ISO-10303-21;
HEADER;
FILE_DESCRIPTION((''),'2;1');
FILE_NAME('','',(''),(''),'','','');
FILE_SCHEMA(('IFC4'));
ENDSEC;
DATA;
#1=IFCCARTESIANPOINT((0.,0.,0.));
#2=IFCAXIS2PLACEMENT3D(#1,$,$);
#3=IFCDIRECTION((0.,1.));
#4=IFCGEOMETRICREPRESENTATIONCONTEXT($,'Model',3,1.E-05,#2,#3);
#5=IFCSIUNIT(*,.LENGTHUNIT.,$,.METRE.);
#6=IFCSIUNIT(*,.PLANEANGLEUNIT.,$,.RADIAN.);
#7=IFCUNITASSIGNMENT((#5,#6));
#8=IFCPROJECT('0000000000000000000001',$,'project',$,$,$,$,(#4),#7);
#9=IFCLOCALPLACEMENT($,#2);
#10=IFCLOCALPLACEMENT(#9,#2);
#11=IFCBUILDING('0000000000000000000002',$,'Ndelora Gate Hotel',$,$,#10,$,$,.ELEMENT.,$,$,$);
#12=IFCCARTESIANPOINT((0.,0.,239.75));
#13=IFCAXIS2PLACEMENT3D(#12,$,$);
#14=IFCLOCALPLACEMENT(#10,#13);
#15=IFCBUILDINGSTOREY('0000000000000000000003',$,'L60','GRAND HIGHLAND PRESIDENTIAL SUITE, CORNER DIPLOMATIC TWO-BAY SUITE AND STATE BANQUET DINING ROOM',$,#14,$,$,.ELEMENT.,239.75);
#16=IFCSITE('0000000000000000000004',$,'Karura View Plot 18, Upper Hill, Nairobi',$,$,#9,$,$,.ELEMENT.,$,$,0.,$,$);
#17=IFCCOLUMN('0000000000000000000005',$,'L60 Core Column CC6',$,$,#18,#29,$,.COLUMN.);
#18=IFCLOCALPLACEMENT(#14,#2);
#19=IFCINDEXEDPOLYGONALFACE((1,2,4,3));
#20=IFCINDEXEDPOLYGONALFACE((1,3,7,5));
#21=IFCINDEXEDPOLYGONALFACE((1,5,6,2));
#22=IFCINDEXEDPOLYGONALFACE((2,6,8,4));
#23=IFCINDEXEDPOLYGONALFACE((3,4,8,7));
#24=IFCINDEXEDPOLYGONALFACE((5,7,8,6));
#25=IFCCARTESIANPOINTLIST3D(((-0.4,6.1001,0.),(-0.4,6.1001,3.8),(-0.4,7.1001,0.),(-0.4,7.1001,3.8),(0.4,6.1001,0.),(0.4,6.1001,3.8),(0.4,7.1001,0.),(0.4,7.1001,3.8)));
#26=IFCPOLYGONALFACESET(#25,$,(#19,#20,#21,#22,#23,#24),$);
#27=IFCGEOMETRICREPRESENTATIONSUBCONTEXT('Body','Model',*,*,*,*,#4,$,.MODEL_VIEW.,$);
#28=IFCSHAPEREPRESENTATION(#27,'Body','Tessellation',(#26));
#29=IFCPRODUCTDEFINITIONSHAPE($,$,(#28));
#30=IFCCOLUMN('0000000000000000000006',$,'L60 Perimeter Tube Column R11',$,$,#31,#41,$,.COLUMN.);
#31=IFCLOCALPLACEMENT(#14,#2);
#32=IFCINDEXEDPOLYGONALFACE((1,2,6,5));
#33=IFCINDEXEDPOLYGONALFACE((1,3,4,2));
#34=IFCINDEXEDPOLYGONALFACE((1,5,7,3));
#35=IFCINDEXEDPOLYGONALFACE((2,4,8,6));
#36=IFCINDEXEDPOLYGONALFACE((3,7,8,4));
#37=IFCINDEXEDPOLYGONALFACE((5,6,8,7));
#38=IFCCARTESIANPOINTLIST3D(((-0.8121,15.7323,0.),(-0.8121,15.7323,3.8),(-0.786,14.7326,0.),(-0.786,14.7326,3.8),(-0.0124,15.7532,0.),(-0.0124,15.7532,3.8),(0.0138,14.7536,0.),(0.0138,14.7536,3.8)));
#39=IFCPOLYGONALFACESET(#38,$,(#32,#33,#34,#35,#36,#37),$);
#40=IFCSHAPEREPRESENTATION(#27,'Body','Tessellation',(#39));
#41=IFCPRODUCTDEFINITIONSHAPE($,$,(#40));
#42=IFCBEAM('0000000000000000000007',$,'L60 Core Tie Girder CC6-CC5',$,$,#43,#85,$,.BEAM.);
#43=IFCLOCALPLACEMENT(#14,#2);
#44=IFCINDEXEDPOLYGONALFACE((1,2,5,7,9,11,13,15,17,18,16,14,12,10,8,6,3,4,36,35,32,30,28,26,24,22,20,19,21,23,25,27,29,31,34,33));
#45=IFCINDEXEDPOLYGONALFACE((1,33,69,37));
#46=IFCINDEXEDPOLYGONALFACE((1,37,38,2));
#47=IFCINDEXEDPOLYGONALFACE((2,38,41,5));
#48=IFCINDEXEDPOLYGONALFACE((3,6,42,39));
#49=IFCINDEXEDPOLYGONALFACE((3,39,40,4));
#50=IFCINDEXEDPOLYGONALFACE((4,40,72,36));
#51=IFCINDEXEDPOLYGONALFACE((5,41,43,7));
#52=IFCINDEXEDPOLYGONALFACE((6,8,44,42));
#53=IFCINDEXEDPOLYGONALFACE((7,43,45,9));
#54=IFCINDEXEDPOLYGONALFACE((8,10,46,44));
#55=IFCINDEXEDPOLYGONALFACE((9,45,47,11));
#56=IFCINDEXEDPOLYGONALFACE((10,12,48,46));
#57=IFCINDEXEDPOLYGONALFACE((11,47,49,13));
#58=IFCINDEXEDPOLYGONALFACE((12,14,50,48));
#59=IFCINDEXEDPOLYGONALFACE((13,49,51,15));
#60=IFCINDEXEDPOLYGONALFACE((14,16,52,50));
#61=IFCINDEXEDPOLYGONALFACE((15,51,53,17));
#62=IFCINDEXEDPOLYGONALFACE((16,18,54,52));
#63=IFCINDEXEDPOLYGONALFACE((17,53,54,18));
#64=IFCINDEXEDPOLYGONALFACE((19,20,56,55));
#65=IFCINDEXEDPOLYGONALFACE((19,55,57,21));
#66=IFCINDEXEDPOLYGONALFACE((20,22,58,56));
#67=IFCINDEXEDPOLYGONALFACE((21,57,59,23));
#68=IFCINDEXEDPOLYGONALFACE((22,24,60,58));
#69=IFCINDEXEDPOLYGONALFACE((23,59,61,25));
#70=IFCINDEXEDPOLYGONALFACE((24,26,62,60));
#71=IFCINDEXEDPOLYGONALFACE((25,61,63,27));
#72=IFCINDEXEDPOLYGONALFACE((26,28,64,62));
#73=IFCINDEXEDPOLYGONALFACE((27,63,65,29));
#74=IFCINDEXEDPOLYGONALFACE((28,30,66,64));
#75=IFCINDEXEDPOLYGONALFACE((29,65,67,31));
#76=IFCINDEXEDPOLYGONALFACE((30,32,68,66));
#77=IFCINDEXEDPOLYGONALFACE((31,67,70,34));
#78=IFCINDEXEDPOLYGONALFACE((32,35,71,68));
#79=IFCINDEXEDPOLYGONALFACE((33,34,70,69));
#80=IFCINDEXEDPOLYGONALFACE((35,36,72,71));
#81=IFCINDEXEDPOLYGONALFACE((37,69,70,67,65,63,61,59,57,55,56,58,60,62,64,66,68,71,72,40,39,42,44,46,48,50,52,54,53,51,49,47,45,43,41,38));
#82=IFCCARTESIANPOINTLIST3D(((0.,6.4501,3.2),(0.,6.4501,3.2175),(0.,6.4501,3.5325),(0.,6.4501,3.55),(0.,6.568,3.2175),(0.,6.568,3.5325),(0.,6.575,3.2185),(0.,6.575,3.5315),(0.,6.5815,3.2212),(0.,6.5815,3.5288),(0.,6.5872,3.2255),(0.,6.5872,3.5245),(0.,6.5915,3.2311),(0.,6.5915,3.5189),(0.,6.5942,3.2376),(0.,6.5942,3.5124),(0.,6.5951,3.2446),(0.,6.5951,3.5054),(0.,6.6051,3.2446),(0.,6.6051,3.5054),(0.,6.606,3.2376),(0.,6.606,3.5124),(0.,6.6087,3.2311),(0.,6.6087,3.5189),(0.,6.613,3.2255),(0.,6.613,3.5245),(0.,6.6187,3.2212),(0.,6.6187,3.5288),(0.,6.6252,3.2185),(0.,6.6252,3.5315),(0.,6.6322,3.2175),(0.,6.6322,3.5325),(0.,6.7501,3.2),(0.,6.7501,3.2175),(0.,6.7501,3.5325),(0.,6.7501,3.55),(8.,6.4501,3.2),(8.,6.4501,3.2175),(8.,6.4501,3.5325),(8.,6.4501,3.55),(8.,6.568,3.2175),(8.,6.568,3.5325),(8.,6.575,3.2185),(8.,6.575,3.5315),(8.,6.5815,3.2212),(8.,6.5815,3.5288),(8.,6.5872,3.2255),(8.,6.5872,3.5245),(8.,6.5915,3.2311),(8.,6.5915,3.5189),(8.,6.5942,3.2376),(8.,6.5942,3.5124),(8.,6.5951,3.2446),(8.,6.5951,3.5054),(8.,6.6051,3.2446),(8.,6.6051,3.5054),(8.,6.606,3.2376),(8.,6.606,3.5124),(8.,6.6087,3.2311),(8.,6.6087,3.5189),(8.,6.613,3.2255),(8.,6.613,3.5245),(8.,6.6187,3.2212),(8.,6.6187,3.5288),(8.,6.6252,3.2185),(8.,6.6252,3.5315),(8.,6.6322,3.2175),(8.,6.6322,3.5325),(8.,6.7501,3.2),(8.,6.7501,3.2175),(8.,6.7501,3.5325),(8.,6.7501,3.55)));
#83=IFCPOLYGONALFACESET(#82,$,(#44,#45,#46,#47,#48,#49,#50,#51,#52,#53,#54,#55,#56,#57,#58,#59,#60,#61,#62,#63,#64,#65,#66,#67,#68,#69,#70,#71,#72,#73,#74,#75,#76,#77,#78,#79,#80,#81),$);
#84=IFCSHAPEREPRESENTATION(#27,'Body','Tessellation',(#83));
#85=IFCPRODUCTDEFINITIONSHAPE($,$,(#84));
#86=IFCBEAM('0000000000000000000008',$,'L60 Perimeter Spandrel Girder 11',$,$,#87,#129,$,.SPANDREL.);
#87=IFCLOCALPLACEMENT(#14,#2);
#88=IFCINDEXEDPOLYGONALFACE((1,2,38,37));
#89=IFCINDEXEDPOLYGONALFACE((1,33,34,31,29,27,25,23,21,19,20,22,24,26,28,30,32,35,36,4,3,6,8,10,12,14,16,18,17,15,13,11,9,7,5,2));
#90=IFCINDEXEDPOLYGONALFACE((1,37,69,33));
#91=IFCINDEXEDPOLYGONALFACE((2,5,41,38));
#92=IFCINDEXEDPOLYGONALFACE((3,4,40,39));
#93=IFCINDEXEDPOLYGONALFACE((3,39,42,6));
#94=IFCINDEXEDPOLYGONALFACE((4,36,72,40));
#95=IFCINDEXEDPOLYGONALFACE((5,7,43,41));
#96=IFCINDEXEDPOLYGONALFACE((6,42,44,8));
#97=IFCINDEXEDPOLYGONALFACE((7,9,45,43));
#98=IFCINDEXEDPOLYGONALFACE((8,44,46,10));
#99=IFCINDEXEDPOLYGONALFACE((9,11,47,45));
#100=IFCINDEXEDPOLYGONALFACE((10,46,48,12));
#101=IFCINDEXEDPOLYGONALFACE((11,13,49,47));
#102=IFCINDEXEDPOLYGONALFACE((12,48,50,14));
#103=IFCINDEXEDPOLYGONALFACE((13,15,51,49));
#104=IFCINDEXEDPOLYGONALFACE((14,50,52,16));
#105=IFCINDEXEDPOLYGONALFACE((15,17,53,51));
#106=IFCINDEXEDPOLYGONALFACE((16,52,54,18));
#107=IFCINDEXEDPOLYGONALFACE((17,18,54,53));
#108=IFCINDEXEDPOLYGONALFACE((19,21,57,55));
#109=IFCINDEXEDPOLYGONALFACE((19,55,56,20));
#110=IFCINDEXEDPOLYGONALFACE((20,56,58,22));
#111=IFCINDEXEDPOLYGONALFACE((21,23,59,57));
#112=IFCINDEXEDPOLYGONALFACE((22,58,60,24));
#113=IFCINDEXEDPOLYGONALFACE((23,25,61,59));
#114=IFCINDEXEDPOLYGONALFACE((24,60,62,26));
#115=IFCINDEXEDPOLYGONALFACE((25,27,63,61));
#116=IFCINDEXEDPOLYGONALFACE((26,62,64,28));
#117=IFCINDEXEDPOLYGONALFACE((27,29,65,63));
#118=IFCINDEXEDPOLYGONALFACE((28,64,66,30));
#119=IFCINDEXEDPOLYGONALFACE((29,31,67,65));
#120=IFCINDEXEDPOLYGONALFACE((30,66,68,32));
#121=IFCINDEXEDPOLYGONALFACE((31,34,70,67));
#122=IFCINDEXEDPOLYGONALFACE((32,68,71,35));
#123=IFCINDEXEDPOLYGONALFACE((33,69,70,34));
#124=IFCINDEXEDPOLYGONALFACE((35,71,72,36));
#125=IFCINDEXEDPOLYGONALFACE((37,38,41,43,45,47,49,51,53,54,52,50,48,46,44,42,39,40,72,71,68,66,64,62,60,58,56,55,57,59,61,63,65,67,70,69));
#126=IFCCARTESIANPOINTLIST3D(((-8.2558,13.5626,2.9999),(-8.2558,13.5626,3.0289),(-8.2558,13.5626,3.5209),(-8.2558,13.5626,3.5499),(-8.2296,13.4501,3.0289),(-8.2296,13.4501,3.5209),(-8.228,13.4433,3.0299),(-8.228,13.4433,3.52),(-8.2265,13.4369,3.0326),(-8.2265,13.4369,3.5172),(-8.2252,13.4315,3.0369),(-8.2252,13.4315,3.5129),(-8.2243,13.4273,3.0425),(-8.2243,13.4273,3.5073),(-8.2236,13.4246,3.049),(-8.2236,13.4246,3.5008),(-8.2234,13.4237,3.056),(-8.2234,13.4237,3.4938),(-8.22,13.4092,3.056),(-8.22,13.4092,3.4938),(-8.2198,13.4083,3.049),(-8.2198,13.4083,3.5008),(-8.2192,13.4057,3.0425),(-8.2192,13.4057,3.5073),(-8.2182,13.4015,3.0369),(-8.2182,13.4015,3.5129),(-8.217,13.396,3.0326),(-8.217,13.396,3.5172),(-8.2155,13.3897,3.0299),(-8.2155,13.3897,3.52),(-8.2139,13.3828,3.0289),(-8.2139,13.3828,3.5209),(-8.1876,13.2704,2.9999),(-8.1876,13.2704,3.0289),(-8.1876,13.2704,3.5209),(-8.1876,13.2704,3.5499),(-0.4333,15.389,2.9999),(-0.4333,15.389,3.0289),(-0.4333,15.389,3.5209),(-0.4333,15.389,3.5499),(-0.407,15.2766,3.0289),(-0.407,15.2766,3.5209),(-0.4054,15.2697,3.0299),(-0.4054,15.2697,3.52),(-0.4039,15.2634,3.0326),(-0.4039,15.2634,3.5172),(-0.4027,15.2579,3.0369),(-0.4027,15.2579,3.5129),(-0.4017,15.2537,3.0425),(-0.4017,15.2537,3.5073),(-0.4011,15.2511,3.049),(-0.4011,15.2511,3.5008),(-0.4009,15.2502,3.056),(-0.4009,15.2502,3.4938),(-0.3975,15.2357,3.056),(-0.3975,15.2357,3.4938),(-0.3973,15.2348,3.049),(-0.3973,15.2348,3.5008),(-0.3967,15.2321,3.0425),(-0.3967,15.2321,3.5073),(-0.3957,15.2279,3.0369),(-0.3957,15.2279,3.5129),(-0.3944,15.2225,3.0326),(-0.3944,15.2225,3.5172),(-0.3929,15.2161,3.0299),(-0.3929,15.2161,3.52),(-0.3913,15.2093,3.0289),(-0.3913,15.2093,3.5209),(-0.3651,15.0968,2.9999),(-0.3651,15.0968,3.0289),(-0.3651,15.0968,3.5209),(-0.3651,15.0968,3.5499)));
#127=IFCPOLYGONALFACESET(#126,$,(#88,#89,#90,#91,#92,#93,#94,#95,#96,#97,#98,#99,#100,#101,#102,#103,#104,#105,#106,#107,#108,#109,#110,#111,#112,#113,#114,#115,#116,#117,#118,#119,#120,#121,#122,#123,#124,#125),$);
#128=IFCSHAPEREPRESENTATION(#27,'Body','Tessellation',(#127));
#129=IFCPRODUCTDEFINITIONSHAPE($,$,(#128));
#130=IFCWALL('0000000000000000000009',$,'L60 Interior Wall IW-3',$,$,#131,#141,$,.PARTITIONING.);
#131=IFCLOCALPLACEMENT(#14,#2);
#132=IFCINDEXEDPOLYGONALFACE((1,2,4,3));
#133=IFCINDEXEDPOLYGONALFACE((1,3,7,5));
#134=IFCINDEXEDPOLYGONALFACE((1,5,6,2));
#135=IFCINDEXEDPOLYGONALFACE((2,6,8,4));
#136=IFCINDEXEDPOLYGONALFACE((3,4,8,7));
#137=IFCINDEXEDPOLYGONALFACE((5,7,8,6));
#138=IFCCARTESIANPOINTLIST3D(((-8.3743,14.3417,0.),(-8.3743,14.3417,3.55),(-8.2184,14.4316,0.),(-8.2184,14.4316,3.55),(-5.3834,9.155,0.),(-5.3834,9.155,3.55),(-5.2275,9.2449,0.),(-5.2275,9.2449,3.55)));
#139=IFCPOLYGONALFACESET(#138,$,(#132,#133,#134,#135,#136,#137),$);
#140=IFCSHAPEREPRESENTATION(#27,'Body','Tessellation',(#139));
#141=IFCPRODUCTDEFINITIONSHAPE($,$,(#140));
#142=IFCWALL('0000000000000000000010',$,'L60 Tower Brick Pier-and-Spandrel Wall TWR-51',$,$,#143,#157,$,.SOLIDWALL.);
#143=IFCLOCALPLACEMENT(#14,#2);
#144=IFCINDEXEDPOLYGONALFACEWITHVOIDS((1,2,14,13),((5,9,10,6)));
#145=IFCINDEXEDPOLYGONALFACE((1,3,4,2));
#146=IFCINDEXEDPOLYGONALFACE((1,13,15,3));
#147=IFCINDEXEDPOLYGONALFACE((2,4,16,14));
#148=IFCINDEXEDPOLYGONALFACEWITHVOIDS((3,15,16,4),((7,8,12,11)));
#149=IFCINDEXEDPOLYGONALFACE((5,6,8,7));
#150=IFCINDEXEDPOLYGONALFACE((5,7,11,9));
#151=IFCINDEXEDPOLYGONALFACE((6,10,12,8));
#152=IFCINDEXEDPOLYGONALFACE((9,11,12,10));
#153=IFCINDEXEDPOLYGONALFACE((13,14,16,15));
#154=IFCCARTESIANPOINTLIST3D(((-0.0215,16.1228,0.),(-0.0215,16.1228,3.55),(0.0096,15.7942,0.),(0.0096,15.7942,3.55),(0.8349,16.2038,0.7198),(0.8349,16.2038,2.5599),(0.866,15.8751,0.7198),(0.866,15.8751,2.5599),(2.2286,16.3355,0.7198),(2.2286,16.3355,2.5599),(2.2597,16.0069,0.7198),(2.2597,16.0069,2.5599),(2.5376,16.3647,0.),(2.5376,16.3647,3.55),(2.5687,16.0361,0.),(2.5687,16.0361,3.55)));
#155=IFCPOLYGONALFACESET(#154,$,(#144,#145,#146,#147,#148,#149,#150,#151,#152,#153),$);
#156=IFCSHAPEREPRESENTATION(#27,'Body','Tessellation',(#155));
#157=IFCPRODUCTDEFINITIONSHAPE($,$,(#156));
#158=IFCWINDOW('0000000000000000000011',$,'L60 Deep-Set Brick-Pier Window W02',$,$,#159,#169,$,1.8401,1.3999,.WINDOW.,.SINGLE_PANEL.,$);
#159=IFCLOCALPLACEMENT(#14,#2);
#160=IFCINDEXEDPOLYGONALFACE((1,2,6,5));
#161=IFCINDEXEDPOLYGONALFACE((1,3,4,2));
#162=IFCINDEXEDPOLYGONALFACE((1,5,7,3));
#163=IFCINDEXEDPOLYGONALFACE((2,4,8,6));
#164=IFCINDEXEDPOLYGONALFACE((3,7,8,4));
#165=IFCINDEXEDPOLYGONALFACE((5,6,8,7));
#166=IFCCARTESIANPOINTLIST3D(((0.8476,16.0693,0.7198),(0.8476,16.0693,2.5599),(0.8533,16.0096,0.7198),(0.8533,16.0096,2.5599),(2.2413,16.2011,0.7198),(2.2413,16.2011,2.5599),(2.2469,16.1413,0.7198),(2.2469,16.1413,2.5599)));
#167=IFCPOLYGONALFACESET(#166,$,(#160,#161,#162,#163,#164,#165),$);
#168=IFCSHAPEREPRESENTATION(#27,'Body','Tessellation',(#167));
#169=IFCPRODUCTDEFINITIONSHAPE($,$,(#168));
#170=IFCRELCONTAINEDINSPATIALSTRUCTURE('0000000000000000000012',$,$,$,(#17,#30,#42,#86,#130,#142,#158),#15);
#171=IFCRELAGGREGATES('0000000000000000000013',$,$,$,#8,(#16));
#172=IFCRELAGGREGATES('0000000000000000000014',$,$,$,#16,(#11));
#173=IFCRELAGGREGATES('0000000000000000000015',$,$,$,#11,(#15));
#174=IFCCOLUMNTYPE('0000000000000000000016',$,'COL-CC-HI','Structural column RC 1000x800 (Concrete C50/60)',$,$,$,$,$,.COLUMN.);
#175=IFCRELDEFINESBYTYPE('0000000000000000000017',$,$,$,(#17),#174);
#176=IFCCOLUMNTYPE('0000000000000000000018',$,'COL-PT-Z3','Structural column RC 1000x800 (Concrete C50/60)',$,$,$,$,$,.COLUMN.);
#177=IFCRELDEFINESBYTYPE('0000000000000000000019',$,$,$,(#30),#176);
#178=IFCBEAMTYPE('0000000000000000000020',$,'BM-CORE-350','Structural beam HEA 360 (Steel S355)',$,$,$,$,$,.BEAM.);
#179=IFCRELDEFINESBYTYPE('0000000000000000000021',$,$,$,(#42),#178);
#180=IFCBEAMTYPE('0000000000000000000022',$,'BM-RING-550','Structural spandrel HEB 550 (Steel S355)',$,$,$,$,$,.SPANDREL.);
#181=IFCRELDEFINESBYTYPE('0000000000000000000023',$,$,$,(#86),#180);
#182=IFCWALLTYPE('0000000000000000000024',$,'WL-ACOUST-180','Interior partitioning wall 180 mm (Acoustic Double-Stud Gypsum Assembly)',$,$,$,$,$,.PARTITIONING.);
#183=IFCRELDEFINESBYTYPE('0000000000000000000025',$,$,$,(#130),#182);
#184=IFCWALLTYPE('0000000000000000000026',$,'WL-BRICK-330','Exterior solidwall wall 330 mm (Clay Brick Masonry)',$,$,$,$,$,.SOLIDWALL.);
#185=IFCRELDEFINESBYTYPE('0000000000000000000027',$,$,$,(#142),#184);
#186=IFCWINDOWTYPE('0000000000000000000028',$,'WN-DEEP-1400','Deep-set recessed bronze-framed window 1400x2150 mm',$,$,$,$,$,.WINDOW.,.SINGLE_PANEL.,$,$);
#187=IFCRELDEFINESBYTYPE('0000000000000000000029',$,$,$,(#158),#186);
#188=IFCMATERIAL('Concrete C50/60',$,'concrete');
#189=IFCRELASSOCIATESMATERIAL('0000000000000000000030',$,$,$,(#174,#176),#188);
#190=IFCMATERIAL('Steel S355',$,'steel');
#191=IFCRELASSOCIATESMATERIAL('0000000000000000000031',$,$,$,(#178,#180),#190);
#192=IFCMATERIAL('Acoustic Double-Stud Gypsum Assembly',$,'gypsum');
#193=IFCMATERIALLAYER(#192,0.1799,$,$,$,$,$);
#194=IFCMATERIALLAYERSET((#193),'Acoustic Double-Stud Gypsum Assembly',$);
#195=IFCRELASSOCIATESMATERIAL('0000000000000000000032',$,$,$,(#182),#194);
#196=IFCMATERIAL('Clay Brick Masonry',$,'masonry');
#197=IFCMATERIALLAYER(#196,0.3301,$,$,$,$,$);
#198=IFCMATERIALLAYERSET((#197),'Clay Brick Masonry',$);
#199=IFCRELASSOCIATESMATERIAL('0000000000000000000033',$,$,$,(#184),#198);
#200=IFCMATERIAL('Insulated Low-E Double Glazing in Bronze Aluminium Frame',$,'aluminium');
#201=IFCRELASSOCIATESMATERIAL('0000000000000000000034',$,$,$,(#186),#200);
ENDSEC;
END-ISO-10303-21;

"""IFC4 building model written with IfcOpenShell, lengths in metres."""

from ifc_helpers import new_model, si_unit, direction, frame, frame_2d, origin, origin_2d, place, context, subcontext, project, spatial, rectangle, i_section, extrude, material, layer, layer_set, material_profile, profile_set, type_object, element, fill, save


model = new_model("IFC4")

# Units and contexts
model_context = context("Model", 3, precision=1e-05, world=origin(), true_north=direction((0.0, 1.0)))
body_context = subcontext(model_context, "Body", "Model", "MODEL_VIEW")
ifc_project = project(units=[si_unit("LENGTHUNIT", "METRE"), si_unit("PLANEANGLEUNIT", "RADIAN")], contexts=[model_context])

# Site, building, storey
site_placement = place(None, origin())
site = spatial("IfcSite", under=ifc_project, at=site_placement, Name="Karura View Plot 18, Upper Hill, Nairobi", CompositionType="ELEMENT", RefElevation=0.0)
building_placement = place(site_placement, origin())
building = spatial("IfcBuilding", under=site, at=building_placement, Name="Ndelora Gate Hotel", CompositionType="ELEMENT")
storey_placement = place(building_placement, frame((0.0, 0.0, 239.75)))
storey = spatial("IfcBuildingStorey", under=building, at=storey_placement, Name="L60", Description="GRAND HIGHLAND PRESIDENTIAL SUITE, CORNER DIPLOMATIC TWO-BAY SUITE AND STATE BANQUET DINING ROOM", CompositionType="ELEMENT", Elevation=239.75)

# Columns
ifc_material_1 = material(Name="Concrete C50/60", Category="concrete")
ifc_material_profile_1 = material_profile(ifc_material_1, rectangle(XDim=0.8, YDim=1.0, at=origin_2d()), Name="RC 1000x800")
ifc_profile_set_1 = profile_set([ifc_material_profile_1], Name="Concrete C50/60")
column_type_1 = type_object("IfcColumnType", Name="COL-CC-HI", Description="Structural column RC 1000x800 (Concrete C50/60)", PredefinedType="COLUMN", material=ifc_profile_set_1)
column_1_placement = place(storey_placement, frame((0.0, 6.6001, 0.0), z_axis=(0.0, 0.0, 1.0), x_axis=(1.0, 0.0, 0.0)))
element("IfcColumn", 1, at=column_1_placement, inside=storey, type_object=column_type_1, Name="L60 Core Column CC6", PredefinedType="COLUMN", context=body_context, shape_type="SweptSolid", body=[
    extrude(rectangle(XDim=0.8, YDim=1.0, at=origin_2d()), origin(), (0.0, 0.0, 1.0), 3.8),
])
ifc_material_profile_2 = material_profile(ifc_material_1, rectangle(XDim=0.8, YDim=1.0, at=origin_2d()), Name="RC 1000x800")
ifc_profile_set_2 = profile_set([ifc_material_profile_2], Name="Concrete C50/60")
column_type_2 = type_object("IfcColumnType", Name="COL-PT-Z3", Description="Structural column RC 1000x800 (Concrete C50/60)", PredefinedType="COLUMN", material=ifc_profile_set_2)
column_2_placement = place(storey_placement, frame((-0.3992, 15.2429, 0.0), z_axis=(0.0, 0.0, 1.0), x_axis=(0.999657, 0.026177, 0.0)))
element("IfcColumn", 2, at=column_2_placement, inside=storey, type_object=column_type_2, Name="L60 Perimeter Tube Column R11", PredefinedType="COLUMN", context=body_context, shape_type="SweptSolid", body=[
    extrude(rectangle(XDim=0.8, YDim=1.0, at=origin_2d()), origin(), (0.0, 0.0, 1.0), 3.8),
])

# Beams
ifc_material_2 = material(Name="Steel S355", Category="steel")
ifc_material_profile_3 = material_profile(ifc_material_2, i_section(OverallWidth=0.3, OverallDepth=0.3501, WebThickness=0.01, FlangeThickness=0.0176, FilletRadius=0.0271, at=origin_2d()), Name="HEA 360")
ifc_profile_set_3 = profile_set([ifc_material_profile_3], Name="Steel S355")
beam_type_1 = type_object("IfcBeamType", Name="BM-CORE-350", Description="Structural beam HEA 360 (Steel S355)", PredefinedType="BEAM", material=ifc_profile_set_3)
beam_1_placement = place(storey_placement, frame((0.0, 6.6001, 3.375), z_axis=(1.0, 0.0, 0.0), x_axis=(0.0, 1.0, 0.0)))
element("IfcBeam", 3, at=beam_1_placement, inside=storey, type_object=beam_type_1, Name="L60 Core Tie Girder CC6-CC5", PredefinedType="BEAM", context=body_context, shape_type="SweptSolid", body=[
    extrude(i_section(OverallWidth=0.3, OverallDepth=0.3501, WebThickness=0.01, FlangeThickness=0.0176, FilletRadius=0.0271, at=origin_2d()), origin(), (0.0, 0.0, 1.0), 8.0),
])
ifc_material_profile_4 = material_profile(ifc_material_2, i_section(OverallWidth=0.3, OverallDepth=0.55, WebThickness=0.0149, FlangeThickness=0.0291, FilletRadius=0.0271, at=origin_2d()), Name="HEB 550")
ifc_profile_set_4 = profile_set([ifc_material_profile_4], Name="Steel S355")
beam_type_2 = type_object("IfcBeamType", Name="BM-RING-550", Description="Structural spandrel HEB 550 (Steel S355)", PredefinedType="SPANDREL", material=ifc_profile_set_4)
beam_2_placement = place(storey_placement, frame((-0.3992, 15.2429, 3.2749), z_axis=(-0.973809, -0.227367, 0.0), x_axis=(0.227367, -0.973809, 0.0)))
element("IfcBeam", 4, at=beam_2_placement, inside=storey, type_object=beam_type_2, Name="L60 Perimeter Spandrel Girder 11", PredefinedType="SPANDREL", context=body_context, shape_type="SweptSolid", body=[
    extrude(i_section(OverallWidth=0.3, OverallDepth=0.55, WebThickness=0.0149, FlangeThickness=0.0291, FilletRadius=0.0271, at=origin_2d()), origin(), (0.0, 0.0, 1.0), 8.033),
])

# Wall
ifc_material_3 = material(Name="Acoustic Double-Stud Gypsum Assembly", Category="gypsum")
ifc_layer_1 = layer(ifc_material_3, 0.1799)
ifc_layer_set_1 = layer_set([ifc_layer_1], Name="Acoustic Double-Stud Gypsum Assembly")
wall_type_1 = type_object("IfcWallType", Name="WL-ACOUST-180", Description="Interior partitioning wall 180 mm (Acoustic Double-Stud Gypsum Assembly)", PredefinedType="PARTITIONING", material=ifc_layer_set_1)
wall_1_placement = place(storey_placement, frame((-5.3054, 9.2, 0.0), z_axis=(0.0, 0.0, 1.0), x_axis=(-0.499547, 0.866287, 0.0)))
element("IfcWall", 5, at=wall_1_placement, inside=storey, type_object=wall_type_1, Name="L60 Interior Wall IW-3", PredefinedType="PARTITIONING", context=body_context, shape_type="SweptSolid", body=[
    extrude(rectangle(XDim=5.9873, YDim=0.1799, at=frame_2d((2.9937, 0.0))), origin(), (0.0, 0.0, 1.0), 3.55),
])

# Wall, opening, window
ifc_material_4 = material(Name="Clay Brick Masonry", Category="masonry")
ifc_layer_2 = layer(ifc_material_4, 0.3301)
ifc_layer_set_2 = layer_set([ifc_layer_2], Name="Clay Brick Masonry")
wall_type_2 = type_object("IfcWallType", Name="WL-BRICK-330", Description="Exterior solidwall wall 330 mm (Clay Brick Masonry)", PredefinedType="SOLIDWALL", material=ifc_layer_set_2)
wall_2_placement = place(storey_placement, frame((-0.0059, 15.9585, 0.0), z_axis=(0.0, 0.0, 1.0), x_axis=(0.995561, 0.094123, 0.0)))
wall_2 = element("IfcWall", 6, at=wall_2_placement, inside=storey, type_object=wall_type_2, Name="L60 Tower Brick Pier-and-Spandrel Wall TWR-51", PredefinedType="SOLIDWALL", context=body_context, shape_type="SweptSolid", body=[
    extrude(rectangle(XDim=2.5706, YDim=0.3301, at=frame_2d((1.2852, 0.0))), origin(), (0.0, 0.0, 1.0), 3.55),
])
opening_1_placement = place(wall_2_placement, frame((0.8601, 0.0, 0.72)))
opening_1 = element("IfcOpeningElement", 7, at=opening_1_placement, cuts=wall_2, PredefinedType="OPENING", context=body_context, shape_type="SweptSolid", body=[
    extrude(rectangle(XDim=1.3999, YDim=1.8401, at=frame_2d((0.7, 0.9199))), frame((0.0, 0.175, 0.0), z_axis=(0.0, -1.0, 0.0), x_axis=(1.0, 0.0, 0.0)), (0.0, 0.0, 1.0), 0.3501),
])
ifc_material_5 = material(Name="Insulated Low-E Double Glazing in Bronze Aluminium Frame", Category="aluminium")
window_type = type_object("IfcWindowType", Name="WN-DEEP-1400", Description="Deep-set recessed bronze-framed window 1400x2150 mm", PartitioningType="SINGLE_PANEL", PredefinedType="WINDOW", material=ifc_material_5)
window_1_placement = place(opening_1_placement, origin())
window_1 = element("IfcWindow", 8, at=window_1_placement, inside=storey, type_object=window_type, Name="L60 Deep-Set Brick-Pier Window W02", OverallHeight=1.8401, OverallWidth=1.3999, PartitioningType="SINGLE_PANEL", PredefinedType="WINDOW", context=body_context, shape_type="SweptSolid", body=[
    extrude(rectangle(XDim=1.3999, YDim=1.8401, at=frame_2d((0.7, 0.9199))), frame((0.0, 0.03, 0.0), z_axis=(0.0, -1.0, 0.0), x_axis=(1.0, 0.0, 0.0)), (0.0, 0.0, 1.0), 0.0601),
])
fill(opening_1, window_1)

save(model, "model.ifc")
